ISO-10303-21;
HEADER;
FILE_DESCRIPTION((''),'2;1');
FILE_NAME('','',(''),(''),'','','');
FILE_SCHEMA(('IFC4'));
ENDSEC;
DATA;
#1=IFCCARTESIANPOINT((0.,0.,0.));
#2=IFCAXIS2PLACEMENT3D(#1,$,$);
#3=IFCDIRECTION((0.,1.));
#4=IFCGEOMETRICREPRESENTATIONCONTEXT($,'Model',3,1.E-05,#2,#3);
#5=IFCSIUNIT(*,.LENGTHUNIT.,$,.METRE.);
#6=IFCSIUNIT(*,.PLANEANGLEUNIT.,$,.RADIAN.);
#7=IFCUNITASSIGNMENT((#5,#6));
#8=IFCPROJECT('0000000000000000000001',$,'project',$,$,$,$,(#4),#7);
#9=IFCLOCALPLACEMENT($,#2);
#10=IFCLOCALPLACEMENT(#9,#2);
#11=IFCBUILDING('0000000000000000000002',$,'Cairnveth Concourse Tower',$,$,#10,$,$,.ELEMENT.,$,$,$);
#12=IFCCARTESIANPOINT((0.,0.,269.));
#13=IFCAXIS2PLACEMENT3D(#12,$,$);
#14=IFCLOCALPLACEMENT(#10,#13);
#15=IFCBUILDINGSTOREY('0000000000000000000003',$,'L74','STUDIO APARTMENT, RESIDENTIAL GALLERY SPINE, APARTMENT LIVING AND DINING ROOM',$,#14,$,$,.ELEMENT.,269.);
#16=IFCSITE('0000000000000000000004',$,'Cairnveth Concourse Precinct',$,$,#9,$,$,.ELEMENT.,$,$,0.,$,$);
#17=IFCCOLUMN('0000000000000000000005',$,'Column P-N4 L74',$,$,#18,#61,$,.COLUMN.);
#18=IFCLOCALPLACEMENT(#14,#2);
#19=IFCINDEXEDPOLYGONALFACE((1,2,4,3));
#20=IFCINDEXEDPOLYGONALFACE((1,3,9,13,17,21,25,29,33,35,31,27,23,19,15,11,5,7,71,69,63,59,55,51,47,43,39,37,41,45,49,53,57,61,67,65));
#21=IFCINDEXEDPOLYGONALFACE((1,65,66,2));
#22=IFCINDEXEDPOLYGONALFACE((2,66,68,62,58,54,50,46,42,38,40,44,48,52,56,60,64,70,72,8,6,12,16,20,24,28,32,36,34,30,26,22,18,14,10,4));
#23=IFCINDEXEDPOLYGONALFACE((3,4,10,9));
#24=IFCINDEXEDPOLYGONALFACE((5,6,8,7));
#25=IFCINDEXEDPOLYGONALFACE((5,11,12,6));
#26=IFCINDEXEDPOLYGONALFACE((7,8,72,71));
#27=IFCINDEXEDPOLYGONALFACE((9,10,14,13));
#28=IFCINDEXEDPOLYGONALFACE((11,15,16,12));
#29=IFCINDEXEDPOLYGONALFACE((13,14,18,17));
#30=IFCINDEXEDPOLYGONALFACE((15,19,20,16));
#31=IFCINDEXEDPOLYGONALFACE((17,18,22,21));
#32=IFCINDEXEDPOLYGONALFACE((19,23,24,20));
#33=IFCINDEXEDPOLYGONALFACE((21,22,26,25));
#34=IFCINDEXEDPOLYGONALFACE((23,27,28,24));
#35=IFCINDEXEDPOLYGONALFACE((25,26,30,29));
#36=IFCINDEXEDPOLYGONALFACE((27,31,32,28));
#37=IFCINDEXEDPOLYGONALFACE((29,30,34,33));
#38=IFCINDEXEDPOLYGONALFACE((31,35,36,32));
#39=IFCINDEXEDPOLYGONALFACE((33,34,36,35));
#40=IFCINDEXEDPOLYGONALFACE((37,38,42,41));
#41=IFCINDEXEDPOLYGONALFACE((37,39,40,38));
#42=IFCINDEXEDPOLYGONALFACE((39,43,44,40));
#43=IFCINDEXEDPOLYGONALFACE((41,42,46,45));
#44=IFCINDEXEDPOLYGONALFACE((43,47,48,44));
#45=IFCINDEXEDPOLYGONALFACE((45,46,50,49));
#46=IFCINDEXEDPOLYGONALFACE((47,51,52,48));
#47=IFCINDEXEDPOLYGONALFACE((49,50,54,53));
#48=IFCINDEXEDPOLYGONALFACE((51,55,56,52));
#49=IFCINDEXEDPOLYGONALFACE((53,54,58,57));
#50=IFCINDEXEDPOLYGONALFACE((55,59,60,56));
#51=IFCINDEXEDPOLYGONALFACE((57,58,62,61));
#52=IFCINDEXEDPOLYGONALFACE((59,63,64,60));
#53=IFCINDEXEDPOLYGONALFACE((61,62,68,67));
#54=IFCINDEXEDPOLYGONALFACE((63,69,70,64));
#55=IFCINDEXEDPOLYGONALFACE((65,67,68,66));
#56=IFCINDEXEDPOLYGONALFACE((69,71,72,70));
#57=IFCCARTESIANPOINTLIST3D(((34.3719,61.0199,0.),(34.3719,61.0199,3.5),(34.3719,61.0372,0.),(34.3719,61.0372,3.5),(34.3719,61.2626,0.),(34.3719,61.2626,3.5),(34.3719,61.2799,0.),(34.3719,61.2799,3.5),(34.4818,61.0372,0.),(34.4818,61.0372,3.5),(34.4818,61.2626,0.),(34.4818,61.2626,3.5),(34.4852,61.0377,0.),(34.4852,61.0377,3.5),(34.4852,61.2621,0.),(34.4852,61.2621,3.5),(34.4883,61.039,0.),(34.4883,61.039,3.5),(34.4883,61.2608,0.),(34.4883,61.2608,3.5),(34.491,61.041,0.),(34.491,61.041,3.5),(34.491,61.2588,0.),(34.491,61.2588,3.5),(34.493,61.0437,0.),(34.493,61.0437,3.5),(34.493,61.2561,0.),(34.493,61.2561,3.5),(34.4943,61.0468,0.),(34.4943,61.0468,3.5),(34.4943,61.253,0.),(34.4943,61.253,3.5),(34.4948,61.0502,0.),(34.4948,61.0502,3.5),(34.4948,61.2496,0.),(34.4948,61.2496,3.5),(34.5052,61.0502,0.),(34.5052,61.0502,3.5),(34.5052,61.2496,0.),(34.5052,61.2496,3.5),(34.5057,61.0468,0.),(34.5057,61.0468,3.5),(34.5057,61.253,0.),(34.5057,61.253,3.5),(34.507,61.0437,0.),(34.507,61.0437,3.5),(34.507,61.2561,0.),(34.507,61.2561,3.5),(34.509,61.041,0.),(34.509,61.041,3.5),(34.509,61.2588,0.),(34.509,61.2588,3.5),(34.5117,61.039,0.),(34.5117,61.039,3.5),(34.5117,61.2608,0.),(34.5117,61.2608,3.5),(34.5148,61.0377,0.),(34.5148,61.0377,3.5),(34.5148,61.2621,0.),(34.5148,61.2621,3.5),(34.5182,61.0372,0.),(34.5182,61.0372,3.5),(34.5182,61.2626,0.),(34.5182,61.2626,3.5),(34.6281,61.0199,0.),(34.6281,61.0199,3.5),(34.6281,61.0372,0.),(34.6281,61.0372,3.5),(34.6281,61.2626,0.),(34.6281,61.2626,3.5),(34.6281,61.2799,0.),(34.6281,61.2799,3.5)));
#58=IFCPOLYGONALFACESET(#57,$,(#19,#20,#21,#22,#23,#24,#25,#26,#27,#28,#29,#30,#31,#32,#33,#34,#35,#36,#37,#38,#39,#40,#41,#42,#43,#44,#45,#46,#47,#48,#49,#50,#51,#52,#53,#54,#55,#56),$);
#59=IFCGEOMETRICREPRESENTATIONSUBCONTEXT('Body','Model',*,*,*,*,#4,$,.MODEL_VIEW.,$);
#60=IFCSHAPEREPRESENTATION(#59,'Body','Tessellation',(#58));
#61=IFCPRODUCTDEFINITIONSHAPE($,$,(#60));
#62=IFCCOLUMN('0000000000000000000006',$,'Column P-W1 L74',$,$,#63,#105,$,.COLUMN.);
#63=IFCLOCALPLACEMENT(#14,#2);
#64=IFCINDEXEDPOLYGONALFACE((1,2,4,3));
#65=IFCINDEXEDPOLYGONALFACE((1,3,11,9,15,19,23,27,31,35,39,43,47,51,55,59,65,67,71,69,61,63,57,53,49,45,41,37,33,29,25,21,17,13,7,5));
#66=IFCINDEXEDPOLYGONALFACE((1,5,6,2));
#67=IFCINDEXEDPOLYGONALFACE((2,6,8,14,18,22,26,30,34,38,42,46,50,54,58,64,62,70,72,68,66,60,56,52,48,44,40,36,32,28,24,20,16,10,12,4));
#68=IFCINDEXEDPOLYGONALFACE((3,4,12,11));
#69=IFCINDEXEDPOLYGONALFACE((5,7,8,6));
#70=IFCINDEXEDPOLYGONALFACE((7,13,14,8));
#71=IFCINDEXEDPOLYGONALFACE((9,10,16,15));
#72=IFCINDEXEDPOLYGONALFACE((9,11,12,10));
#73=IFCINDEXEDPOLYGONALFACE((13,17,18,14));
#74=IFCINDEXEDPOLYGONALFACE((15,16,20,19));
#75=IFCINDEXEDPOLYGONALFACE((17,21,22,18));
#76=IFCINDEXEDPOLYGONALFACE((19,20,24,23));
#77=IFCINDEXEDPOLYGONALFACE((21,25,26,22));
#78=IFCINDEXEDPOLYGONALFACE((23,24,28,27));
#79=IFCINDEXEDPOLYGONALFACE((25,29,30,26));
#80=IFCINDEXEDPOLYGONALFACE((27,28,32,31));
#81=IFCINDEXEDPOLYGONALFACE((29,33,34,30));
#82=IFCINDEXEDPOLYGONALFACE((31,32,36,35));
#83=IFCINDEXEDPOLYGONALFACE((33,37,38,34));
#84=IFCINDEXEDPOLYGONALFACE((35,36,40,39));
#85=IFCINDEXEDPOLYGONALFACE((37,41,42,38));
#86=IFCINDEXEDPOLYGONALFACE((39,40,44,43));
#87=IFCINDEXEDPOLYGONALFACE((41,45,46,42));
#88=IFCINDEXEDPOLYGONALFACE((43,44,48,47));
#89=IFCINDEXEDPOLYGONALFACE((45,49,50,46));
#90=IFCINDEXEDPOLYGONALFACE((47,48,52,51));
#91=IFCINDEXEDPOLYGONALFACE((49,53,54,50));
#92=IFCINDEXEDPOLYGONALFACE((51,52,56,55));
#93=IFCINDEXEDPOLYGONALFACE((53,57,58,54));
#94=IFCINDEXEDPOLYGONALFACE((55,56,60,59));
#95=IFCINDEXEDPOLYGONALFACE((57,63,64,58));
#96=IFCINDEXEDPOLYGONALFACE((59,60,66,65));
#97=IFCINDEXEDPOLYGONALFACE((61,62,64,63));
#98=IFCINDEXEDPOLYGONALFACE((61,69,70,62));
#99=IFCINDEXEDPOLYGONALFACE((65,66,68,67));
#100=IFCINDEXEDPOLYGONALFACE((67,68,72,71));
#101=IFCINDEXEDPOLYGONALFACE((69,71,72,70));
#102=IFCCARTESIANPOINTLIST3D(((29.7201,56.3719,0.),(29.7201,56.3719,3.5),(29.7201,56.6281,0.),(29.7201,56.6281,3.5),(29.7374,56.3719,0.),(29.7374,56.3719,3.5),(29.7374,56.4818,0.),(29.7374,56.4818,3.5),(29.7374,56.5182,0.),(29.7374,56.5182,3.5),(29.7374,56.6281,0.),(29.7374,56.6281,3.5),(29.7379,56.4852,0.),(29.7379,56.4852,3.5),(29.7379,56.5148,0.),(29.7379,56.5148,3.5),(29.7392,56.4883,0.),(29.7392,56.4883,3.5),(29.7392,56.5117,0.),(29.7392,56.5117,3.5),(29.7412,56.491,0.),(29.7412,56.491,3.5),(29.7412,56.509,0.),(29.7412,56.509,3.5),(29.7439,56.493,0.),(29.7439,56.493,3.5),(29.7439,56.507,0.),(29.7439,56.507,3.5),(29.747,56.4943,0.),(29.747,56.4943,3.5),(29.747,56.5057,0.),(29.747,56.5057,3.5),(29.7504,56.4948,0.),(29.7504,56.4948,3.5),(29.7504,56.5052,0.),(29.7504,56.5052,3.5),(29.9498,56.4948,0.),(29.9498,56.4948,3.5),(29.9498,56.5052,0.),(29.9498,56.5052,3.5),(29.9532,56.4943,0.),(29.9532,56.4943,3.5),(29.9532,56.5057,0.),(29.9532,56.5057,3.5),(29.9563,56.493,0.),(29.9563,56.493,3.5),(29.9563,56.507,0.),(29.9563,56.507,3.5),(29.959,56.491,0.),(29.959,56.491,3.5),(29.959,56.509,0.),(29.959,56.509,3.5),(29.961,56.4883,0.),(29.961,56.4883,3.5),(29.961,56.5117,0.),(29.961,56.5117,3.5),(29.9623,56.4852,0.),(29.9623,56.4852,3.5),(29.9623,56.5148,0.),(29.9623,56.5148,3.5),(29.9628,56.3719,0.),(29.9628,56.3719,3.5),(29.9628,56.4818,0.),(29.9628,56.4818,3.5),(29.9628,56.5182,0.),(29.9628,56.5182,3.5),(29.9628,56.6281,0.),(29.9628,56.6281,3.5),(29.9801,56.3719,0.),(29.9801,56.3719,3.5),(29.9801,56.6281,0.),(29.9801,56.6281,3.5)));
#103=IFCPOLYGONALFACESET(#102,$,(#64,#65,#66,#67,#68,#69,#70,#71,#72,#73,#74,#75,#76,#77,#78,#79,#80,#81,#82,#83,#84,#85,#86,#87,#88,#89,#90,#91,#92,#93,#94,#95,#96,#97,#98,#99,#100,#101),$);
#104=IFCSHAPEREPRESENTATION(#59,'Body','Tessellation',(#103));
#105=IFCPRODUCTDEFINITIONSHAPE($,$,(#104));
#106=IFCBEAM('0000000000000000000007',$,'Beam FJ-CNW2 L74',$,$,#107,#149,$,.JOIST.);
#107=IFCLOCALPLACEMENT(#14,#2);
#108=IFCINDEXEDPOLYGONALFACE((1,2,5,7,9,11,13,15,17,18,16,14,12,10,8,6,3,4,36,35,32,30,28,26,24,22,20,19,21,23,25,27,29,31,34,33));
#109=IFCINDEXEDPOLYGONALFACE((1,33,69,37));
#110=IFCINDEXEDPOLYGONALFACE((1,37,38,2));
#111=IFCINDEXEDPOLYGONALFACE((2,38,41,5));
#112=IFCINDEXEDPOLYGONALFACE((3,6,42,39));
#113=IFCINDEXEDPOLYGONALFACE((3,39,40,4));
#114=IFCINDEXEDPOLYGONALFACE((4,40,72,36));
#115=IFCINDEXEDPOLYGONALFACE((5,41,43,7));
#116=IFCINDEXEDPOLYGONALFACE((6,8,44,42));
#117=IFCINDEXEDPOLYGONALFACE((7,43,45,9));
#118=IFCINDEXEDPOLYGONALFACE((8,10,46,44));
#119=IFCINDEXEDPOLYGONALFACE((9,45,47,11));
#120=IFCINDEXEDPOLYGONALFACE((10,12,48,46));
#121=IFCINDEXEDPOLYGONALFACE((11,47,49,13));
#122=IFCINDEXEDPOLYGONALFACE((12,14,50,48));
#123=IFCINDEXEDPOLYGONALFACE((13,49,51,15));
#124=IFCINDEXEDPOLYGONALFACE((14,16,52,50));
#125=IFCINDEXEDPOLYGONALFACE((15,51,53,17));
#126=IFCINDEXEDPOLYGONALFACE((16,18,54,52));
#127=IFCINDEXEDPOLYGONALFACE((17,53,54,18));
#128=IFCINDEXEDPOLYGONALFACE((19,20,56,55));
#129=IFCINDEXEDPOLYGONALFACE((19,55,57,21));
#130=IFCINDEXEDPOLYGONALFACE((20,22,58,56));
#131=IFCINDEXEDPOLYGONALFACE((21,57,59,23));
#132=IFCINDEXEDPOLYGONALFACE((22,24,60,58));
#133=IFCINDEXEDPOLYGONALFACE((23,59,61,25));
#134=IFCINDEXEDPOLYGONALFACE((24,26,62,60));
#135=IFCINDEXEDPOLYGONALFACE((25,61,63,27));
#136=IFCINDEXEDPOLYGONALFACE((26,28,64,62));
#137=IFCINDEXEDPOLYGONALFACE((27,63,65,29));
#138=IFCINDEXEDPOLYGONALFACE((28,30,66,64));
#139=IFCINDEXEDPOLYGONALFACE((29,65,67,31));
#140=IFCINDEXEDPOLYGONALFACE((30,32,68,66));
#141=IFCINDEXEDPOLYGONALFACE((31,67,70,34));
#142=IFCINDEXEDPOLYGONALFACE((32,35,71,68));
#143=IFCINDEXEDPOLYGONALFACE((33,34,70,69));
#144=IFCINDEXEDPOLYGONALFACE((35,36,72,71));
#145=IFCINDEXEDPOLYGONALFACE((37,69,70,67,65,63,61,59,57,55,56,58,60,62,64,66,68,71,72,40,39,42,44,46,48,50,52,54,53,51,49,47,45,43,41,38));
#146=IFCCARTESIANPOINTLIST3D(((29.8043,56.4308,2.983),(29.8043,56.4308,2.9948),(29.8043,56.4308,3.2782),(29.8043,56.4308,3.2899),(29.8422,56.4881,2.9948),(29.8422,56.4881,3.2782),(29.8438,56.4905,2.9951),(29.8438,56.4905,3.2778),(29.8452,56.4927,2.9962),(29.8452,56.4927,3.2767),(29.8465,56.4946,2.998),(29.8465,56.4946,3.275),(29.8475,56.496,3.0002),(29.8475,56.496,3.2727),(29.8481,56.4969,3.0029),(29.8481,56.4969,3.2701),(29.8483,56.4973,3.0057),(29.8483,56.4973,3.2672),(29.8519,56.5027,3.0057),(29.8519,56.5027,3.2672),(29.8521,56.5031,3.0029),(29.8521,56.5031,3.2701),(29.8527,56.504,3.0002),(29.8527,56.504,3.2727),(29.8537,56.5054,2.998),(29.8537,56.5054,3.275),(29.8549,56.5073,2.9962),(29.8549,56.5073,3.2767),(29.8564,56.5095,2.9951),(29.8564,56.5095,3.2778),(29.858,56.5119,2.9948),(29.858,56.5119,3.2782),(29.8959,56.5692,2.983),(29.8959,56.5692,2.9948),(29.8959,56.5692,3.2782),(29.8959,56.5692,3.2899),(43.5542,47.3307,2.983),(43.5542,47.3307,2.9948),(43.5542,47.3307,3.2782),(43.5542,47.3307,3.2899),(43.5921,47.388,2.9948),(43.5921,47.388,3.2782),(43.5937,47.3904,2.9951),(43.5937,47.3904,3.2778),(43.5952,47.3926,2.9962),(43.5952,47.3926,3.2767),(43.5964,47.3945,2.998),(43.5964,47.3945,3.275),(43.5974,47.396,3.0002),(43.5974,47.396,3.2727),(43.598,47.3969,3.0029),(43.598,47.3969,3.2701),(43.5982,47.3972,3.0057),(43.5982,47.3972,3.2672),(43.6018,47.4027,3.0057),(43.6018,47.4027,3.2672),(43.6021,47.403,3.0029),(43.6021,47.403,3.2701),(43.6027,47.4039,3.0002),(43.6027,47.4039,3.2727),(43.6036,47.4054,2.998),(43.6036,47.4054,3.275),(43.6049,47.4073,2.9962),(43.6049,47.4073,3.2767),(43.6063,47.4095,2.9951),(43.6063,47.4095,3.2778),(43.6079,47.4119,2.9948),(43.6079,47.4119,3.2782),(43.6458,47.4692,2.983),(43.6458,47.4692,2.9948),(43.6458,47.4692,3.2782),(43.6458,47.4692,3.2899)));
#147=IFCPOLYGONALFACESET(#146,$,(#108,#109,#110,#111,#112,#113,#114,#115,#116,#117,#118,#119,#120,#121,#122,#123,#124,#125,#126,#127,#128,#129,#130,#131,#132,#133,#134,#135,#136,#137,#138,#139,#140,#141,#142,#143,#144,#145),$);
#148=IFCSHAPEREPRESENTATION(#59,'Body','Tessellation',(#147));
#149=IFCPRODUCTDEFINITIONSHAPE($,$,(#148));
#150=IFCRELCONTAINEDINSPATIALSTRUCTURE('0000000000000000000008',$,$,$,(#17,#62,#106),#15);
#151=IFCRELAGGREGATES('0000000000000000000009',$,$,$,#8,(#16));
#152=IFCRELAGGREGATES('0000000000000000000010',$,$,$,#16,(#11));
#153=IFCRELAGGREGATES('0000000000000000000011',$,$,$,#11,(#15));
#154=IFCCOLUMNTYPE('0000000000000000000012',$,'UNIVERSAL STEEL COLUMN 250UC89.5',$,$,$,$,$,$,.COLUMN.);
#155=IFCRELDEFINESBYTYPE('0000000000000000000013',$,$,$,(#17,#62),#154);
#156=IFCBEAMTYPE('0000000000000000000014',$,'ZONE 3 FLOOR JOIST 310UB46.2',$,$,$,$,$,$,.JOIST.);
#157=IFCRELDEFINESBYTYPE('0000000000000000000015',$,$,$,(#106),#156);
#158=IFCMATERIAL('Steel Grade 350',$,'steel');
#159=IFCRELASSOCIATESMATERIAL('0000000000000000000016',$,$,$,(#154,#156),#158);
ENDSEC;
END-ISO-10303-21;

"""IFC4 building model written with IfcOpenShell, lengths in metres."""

from ifc_helpers import new_model, si_unit, direction, frame, origin, origin_2d, place, context, subcontext, project, spatial, i_section, extrude, material, material_profile, profile_set, type_object, element, save


model = new_model("IFC4")

# Units and contexts
model_context = context("Model", 3, precision=1e-05, world=origin(), true_north=direction((0.0, 1.0)))
body_context = subcontext(model_context, "Body", "Model", "MODEL_VIEW")
ifc_project = project(units=[si_unit("LENGTHUNIT", "METRE"), si_unit("PLANEANGLEUNIT", "RADIAN")], contexts=[model_context])

# Site, building, storey
site_placement = place(None, origin())
site = spatial("IfcSite", under=ifc_project, at=site_placement, Name="Cairnveth Concourse Precinct", CompositionType="ELEMENT", RefElevation=0.0)
building_placement = place(site_placement, origin())
building = spatial("IfcBuilding", under=site, at=building_placement, Name="Cairnveth Concourse Tower", CompositionType="ELEMENT")
storey_placement = place(building_placement, frame((0.0, 0.0, 269.0)))
storey = spatial("IfcBuildingStorey", under=building, at=storey_placement, Name="L74", Description="STUDIO APARTMENT, RESIDENTIAL GALLERY SPINE, APARTMENT LIVING AND DINING ROOM", CompositionType="ELEMENT", Elevation=269.0)

# Columns
ifc_material_1 = material(Name="Steel Grade 350", Category="steel")
ifc_material_profile_1 = material_profile(ifc_material_1, i_section(OverallWidth=0.2561, OverallDepth=0.26, WebThickness=0.0105, FlangeThickness=0.0173, FilletRadius=0.0129, at=origin_2d()), Name="250UC89.5")
ifc_profile_set_1 = profile_set([ifc_material_profile_1], Name="Steel Grade 350")
column_type = type_object("IfcColumnType", Name="UNIVERSAL STEEL COLUMN 250UC89.5", PredefinedType="COLUMN", material=ifc_profile_set_1)
for number, where, z_axis, x_axis, name in (
    (1, (34.5, 61.1499, 0.0), (0.0, 0.0, 1.0), (1.0, 0.0, 0.0), "Column P-N4 L74"),
    (2, (29.8501, 56.5, 0.0), (0.0, 0.0, 1.0), (0.0, 1.0, 0.0), "Column P-W1 L74"),
):
    element("IfcColumn", number, at=place(storey_placement, frame(where, z_axis=z_axis, x_axis=x_axis)), inside=storey, type_object=column_type, Name=name, PredefinedType="COLUMN", context=body_context, shape_type="SweptSolid", body=[
        extrude(i_section(OverallWidth=0.2561, OverallDepth=0.26, WebThickness=0.0105, FlangeThickness=0.0173, FilletRadius=0.0129, at=origin_2d()), origin(), (0.0, 0.0, 1.0), 3.5),
    ])

# Beam
ifc_material_profile_2 = material_profile(ifc_material_1, i_section(OverallWidth=0.166, OverallDepth=0.3069, WebThickness=0.0066, FlangeThickness=0.0117, FilletRadius=0.011, at=origin_2d()), Name="310UB46.2")
ifc_profile_set_2 = profile_set([ifc_material_profile_2], Name="Steel Grade 350")
beam_type_1 = type_object("IfcBeamType", Name="ZONE 3 FLOOR JOIST 310UB46.2", PredefinedType="JOIST", material=ifc_profile_set_2)
beam_1_placement = place(storey_placement, frame((29.8501, 56.5, 3.1365), z_axis=(0.833909, -0.551902, 0.0), x_axis=(0.551902, 0.833909, 0.0)))
element("IfcBeam", 3, at=beam_1_placement, inside=storey, type_object=beam_type_1, Name="Beam FJ-CNW2 L74", PredefinedType="JOIST", context=body_context, shape_type="SweptSolid", body=[
    extrude(i_section(OverallWidth=0.166, OverallDepth=0.3069, WebThickness=0.0066, FlangeThickness=0.0117, FilletRadius=0.011, at=origin_2d()), origin(), (0.0, 0.0, 1.0), 16.4885),
])

save(model, "model.ifc")
